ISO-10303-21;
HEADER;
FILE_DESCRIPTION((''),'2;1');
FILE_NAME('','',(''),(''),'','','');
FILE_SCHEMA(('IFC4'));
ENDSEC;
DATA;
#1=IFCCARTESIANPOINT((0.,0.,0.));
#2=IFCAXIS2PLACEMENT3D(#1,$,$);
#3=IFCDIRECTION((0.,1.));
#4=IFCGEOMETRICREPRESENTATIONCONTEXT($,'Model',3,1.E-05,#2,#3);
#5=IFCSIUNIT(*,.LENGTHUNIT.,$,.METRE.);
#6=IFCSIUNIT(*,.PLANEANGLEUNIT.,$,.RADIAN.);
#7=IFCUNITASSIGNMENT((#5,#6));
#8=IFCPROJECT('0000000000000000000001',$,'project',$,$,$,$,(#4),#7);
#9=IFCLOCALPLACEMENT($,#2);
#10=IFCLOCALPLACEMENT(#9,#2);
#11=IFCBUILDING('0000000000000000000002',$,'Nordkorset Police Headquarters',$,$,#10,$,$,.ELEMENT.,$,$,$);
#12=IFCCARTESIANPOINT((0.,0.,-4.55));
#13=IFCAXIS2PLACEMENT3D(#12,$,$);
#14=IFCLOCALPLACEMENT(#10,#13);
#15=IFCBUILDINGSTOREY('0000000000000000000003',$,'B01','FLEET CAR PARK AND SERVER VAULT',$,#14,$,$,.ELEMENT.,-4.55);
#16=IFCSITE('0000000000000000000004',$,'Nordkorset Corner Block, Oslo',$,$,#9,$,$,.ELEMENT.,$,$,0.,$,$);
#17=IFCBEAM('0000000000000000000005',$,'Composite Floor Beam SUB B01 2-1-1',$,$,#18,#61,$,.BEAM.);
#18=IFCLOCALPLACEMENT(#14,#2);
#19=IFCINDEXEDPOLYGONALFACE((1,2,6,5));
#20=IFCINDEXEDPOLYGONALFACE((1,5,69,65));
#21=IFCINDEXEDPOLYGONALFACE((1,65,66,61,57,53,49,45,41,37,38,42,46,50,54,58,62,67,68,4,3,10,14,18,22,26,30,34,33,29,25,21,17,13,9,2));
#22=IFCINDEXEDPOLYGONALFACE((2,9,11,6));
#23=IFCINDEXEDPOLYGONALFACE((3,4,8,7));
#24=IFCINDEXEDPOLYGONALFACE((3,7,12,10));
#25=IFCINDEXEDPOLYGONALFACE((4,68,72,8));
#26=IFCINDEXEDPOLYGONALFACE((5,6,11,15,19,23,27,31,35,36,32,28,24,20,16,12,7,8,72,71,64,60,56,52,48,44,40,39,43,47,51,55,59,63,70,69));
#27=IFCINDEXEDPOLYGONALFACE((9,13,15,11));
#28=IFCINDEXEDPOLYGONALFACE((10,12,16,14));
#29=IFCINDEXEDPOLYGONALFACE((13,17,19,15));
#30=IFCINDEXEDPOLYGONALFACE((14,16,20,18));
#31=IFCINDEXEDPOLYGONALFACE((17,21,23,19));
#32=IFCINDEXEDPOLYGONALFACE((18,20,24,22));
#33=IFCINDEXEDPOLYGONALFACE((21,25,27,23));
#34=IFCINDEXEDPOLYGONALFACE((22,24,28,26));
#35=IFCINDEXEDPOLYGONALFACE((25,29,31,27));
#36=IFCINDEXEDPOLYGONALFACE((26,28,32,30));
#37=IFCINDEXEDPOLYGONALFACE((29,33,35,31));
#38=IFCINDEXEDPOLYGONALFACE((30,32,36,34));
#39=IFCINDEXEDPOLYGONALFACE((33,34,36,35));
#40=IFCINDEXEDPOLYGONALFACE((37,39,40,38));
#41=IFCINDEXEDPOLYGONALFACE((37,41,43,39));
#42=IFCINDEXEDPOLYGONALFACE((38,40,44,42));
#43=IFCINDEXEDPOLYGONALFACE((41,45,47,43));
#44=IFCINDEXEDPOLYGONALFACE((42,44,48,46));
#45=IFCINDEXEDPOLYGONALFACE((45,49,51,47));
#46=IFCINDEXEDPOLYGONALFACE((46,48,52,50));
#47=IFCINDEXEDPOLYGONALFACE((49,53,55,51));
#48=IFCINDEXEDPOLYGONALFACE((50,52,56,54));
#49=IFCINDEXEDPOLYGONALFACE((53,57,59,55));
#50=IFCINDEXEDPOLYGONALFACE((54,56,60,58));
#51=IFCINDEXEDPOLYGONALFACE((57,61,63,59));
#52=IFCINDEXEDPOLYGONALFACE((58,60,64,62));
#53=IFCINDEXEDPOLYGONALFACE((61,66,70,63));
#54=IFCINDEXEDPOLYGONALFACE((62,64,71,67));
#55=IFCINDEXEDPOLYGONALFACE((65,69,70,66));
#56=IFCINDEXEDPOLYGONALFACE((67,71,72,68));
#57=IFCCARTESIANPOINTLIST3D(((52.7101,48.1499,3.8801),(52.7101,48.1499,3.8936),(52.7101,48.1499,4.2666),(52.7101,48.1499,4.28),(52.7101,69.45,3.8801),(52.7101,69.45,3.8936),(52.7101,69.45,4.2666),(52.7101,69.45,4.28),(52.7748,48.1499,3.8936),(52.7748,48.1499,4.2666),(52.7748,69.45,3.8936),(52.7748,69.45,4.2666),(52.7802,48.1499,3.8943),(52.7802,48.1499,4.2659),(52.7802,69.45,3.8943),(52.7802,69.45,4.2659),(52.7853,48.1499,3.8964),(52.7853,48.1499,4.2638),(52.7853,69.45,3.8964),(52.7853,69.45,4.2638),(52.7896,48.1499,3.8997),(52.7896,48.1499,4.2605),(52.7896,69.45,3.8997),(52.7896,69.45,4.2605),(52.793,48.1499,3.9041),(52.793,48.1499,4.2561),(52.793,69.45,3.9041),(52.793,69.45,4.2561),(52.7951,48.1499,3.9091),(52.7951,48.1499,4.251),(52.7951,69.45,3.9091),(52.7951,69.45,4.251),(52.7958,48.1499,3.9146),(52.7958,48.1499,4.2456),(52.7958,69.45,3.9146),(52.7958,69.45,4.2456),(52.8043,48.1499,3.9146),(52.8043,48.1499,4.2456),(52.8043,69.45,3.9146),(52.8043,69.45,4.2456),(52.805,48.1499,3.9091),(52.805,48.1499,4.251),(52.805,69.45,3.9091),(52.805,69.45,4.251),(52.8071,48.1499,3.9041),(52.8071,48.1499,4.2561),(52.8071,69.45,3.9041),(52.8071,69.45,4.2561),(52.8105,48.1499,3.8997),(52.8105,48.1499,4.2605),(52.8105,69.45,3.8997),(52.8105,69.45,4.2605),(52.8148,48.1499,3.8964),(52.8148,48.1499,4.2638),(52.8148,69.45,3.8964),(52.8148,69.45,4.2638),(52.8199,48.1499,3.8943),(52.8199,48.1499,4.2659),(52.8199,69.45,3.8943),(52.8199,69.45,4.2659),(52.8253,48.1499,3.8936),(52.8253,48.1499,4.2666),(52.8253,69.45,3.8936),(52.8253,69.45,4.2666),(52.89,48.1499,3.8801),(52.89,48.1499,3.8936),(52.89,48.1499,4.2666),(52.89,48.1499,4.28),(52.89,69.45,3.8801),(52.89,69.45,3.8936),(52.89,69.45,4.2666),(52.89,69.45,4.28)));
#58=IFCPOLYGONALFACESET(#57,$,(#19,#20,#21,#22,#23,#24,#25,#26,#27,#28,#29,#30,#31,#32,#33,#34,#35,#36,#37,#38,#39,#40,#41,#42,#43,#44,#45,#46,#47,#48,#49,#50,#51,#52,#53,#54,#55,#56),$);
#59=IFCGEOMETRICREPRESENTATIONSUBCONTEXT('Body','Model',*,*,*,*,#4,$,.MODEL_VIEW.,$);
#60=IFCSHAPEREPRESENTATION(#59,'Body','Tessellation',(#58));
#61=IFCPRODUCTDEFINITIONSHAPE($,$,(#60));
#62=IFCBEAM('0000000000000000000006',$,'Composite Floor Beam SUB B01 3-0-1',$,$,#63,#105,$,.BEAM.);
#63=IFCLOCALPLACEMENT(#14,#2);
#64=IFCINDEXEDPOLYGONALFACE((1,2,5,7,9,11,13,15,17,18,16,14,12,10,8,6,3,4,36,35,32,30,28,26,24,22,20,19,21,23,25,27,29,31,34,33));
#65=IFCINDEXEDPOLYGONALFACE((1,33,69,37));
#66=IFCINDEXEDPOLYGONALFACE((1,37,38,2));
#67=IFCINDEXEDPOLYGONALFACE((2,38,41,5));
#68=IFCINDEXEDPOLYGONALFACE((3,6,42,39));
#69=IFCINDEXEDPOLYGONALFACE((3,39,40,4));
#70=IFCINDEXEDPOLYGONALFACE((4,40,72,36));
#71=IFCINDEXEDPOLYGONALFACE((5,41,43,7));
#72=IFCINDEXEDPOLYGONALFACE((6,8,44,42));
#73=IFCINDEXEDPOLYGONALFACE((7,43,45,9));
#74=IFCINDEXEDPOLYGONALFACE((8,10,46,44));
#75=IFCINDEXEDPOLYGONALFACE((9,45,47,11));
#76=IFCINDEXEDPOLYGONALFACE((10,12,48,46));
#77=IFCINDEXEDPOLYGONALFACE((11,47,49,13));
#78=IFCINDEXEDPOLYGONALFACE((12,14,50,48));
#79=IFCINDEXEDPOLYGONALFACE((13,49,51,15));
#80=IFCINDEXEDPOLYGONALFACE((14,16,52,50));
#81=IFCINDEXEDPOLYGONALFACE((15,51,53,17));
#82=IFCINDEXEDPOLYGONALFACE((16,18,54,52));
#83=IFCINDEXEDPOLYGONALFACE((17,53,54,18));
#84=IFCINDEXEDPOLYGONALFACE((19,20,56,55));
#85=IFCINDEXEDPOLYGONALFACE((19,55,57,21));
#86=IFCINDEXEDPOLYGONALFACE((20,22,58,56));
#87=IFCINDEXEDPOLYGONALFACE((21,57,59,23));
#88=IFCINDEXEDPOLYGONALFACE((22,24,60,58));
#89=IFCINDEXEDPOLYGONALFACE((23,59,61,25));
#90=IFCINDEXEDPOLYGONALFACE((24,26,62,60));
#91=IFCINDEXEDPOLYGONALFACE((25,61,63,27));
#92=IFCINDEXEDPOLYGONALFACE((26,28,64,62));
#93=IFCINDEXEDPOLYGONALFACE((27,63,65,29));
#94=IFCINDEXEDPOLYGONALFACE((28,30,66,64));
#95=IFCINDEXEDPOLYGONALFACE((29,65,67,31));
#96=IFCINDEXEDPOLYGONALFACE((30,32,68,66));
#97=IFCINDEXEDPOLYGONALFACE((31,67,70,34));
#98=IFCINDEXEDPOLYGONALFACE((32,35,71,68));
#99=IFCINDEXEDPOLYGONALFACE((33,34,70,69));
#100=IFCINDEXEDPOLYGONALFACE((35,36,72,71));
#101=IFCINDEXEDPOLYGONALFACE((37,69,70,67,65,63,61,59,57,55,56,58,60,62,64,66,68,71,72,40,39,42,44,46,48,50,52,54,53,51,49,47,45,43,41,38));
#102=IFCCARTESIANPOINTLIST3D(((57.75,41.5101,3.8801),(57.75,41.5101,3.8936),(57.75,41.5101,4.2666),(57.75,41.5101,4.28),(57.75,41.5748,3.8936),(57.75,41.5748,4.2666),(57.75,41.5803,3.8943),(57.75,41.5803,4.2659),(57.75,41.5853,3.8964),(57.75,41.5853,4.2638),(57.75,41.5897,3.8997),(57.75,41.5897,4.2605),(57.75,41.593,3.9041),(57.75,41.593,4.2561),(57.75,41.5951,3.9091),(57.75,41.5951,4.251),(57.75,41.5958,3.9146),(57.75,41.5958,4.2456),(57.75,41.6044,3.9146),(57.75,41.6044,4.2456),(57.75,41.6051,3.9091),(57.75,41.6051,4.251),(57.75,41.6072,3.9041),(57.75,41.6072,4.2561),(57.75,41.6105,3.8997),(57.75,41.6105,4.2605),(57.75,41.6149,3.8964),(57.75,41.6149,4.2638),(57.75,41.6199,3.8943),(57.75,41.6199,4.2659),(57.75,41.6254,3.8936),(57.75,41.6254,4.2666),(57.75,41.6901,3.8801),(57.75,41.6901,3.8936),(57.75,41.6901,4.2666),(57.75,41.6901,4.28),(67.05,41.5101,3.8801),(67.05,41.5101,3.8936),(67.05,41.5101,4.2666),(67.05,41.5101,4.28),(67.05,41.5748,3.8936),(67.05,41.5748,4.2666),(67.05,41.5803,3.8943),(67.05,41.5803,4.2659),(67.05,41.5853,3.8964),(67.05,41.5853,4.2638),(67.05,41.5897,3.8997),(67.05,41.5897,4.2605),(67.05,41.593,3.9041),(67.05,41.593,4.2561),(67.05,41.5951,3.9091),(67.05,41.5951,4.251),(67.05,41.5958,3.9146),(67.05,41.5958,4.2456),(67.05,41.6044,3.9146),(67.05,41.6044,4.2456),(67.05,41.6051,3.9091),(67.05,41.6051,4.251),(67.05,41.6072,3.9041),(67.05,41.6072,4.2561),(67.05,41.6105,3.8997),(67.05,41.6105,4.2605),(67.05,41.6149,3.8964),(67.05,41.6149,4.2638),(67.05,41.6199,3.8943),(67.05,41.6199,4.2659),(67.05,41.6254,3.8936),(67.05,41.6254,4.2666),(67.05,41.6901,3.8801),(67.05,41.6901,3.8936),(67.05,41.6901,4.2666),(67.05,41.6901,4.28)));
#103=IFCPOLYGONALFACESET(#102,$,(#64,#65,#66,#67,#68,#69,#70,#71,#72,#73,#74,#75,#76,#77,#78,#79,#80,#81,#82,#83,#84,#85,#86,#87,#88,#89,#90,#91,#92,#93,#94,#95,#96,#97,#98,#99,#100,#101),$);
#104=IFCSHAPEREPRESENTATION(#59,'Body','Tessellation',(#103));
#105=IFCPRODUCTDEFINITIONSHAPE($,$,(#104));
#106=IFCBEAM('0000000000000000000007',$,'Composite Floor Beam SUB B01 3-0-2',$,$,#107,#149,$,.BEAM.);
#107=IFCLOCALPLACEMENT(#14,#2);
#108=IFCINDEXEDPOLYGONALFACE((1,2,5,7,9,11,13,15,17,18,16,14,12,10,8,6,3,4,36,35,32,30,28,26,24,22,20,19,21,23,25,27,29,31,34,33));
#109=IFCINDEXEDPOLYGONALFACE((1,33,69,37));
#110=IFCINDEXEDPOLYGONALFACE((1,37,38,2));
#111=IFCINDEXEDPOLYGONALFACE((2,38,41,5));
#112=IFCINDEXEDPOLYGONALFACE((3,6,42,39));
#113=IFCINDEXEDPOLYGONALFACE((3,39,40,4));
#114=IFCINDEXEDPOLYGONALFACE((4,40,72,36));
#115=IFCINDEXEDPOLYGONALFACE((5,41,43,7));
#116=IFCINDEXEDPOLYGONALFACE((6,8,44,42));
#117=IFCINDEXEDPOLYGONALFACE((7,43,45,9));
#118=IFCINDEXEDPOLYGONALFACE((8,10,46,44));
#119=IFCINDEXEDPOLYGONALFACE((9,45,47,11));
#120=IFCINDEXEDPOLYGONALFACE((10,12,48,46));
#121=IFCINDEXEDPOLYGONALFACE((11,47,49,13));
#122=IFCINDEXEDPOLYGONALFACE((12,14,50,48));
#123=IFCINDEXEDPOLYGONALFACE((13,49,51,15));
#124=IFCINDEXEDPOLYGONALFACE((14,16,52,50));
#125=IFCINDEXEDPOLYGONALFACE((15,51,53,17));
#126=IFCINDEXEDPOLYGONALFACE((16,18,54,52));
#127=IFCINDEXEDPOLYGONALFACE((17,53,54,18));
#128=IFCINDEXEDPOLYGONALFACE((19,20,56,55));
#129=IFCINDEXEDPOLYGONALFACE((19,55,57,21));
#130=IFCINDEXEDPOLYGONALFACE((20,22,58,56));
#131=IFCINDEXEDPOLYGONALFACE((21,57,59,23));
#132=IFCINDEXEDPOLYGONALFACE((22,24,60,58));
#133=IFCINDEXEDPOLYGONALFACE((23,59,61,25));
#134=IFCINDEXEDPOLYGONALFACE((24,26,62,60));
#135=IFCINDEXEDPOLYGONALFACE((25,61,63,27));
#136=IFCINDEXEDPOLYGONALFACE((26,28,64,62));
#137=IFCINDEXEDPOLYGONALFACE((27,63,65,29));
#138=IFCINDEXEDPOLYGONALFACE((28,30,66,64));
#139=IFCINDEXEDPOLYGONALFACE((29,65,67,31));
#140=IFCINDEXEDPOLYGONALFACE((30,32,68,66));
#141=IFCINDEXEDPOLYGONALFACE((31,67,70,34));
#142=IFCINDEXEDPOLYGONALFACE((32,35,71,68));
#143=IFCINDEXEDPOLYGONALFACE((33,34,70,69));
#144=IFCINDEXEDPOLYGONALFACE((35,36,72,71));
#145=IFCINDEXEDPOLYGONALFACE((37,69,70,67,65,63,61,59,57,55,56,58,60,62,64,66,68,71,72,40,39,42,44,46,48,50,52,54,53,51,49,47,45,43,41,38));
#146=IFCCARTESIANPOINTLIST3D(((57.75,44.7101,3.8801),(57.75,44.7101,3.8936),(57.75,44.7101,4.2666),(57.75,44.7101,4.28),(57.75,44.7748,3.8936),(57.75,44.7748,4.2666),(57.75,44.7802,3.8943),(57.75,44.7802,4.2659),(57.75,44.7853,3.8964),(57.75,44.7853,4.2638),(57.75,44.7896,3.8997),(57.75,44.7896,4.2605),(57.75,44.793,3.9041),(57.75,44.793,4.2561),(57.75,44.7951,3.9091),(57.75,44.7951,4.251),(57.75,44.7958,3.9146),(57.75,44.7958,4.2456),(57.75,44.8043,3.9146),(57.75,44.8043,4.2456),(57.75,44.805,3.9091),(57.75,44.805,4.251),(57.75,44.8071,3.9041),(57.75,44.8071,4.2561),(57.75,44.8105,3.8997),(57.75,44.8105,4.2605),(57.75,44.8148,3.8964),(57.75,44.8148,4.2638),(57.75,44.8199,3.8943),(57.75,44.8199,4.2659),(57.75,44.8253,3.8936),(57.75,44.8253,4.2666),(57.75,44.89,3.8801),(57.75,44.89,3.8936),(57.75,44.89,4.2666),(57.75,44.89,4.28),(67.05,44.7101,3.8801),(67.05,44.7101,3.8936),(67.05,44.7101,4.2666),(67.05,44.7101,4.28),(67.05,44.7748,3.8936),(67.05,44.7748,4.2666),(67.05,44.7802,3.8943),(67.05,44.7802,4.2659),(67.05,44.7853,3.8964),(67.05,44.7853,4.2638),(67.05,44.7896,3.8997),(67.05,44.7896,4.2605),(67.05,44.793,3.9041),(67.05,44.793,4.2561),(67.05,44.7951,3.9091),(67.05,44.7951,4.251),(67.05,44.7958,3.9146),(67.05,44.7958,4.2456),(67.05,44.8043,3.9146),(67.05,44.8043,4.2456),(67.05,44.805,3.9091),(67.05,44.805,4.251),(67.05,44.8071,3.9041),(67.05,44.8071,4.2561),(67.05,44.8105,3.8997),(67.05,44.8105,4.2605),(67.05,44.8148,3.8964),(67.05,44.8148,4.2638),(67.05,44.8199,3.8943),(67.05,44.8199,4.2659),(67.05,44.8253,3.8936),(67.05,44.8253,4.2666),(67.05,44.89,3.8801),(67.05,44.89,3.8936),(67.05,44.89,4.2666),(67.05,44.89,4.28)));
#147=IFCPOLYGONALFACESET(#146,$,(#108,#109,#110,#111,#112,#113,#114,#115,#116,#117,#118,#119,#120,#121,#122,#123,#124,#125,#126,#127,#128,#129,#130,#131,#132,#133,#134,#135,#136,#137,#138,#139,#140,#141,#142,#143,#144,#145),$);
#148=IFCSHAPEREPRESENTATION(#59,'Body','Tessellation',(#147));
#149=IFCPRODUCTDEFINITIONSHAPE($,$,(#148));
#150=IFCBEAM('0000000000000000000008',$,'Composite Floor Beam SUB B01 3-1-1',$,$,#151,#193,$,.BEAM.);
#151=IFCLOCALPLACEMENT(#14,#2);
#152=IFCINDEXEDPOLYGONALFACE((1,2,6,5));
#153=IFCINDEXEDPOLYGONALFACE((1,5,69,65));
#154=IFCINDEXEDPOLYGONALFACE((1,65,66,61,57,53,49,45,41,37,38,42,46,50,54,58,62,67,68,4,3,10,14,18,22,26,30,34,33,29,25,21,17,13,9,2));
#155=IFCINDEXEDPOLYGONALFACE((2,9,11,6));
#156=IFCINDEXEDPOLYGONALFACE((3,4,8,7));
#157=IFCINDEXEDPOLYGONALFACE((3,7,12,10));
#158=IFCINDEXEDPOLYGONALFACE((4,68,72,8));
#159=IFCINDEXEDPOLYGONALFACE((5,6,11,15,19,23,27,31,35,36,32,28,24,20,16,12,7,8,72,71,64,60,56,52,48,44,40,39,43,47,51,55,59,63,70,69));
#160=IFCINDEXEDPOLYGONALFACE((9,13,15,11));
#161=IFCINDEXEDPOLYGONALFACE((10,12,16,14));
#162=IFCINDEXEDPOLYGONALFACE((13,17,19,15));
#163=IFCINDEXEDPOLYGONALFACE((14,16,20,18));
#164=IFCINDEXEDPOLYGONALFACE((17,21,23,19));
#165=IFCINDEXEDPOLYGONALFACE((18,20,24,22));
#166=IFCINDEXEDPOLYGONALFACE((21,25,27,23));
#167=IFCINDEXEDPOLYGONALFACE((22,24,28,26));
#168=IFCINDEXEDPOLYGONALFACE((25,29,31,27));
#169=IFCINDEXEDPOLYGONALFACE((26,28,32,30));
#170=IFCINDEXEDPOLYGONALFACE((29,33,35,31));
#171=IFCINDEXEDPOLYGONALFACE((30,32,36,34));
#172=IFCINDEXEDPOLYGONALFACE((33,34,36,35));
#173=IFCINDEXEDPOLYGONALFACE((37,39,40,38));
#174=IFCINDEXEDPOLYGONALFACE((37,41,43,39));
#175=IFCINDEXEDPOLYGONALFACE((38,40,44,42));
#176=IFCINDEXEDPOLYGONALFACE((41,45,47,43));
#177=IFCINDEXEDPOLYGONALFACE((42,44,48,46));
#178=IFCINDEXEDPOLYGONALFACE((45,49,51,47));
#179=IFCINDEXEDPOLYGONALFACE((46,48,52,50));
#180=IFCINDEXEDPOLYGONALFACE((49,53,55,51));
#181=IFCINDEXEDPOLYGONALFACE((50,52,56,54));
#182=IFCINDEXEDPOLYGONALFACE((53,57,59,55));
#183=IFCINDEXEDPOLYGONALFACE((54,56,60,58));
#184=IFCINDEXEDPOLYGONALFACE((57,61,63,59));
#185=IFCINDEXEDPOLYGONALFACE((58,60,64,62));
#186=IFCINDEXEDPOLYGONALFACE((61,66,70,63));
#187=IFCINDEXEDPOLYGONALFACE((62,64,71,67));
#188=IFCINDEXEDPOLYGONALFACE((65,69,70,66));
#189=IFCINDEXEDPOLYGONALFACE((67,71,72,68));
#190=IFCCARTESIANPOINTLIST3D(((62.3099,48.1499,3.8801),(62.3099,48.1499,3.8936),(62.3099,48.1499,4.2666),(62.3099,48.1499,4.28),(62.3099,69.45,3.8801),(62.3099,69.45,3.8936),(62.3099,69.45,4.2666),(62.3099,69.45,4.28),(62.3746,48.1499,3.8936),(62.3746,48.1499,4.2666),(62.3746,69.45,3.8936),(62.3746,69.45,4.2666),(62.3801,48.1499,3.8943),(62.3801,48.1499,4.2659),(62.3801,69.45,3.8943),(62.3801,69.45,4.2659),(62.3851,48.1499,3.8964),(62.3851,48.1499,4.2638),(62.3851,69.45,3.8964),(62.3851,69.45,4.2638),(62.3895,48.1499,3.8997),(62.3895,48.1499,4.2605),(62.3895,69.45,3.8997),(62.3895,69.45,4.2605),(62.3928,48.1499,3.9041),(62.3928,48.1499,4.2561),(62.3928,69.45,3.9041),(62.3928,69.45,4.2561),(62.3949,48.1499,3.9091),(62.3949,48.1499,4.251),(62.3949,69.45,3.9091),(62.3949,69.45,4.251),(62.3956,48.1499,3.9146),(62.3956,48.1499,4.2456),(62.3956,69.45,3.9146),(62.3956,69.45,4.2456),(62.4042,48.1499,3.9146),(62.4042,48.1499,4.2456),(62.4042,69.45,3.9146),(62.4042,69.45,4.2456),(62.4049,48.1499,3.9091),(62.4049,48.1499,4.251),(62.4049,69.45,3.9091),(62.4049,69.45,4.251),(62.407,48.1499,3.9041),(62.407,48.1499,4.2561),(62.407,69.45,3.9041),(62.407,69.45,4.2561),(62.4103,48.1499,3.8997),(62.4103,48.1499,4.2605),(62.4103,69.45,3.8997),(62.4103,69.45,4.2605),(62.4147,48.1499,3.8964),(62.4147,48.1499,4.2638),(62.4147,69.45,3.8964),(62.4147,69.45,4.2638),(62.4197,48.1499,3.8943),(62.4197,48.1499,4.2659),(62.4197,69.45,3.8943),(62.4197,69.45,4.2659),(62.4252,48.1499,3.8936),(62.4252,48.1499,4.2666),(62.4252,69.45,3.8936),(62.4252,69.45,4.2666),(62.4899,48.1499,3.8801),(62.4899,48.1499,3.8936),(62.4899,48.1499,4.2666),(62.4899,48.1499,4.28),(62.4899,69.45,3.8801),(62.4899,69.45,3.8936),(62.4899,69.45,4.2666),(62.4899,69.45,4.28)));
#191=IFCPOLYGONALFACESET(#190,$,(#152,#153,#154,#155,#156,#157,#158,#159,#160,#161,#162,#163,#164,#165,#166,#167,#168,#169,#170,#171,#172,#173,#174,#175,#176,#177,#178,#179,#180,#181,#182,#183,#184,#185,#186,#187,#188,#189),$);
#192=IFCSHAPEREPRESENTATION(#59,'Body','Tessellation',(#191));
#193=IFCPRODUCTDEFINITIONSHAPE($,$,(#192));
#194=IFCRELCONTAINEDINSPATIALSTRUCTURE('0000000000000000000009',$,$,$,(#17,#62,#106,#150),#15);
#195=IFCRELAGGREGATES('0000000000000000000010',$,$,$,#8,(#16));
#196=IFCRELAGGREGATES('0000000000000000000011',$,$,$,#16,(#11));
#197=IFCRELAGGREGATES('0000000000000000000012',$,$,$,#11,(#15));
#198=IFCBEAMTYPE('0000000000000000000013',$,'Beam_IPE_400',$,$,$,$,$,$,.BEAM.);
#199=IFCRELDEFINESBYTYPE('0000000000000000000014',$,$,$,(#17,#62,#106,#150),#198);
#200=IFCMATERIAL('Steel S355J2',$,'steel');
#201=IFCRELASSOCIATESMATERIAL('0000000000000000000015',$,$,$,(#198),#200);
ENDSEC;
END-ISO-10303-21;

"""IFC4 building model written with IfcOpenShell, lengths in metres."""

from ifc_helpers import new_model, si_unit, direction, frame, origin, origin_2d, place, context, subcontext, project, spatial, i_section, extrude, material, material_profile, profile_set, type_object, element, save


model = new_model("IFC4")

# Units and contexts
model_context = context("Model", 3, precision=1e-05, world=origin(), true_north=direction((0.0, 1.0)))
body_context = subcontext(model_context, "Body", "Model", "MODEL_VIEW")
ifc_project = project(units=[si_unit("LENGTHUNIT", "METRE"), si_unit("PLANEANGLEUNIT", "RADIAN")], contexts=[model_context])

# Site, building, storey
site_placement = place(None, origin())
site = spatial("IfcSite", under=ifc_project, at=site_placement, Name="Nordkorset Corner Block, Oslo", CompositionType="ELEMENT", RefElevation=0.0)
building_placement = place(site_placement, origin())
building = spatial("IfcBuilding", under=site, at=building_placement, Name="Nordkorset Police Headquarters", CompositionType="ELEMENT")
storey_placement = place(building_placement, frame((0.0, 0.0, -4.55)))
storey = spatial("IfcBuildingStorey", under=building, at=storey_placement, Name="B01", Description="FLEET CAR PARK AND SERVER VAULT", CompositionType="ELEMENT", Elevation=-4.55)

# Beams
ifc_material_1 = material(Name="Steel S355J2", Category="steel")
ifc_material_profile_1 = material_profile(ifc_material_1, i_section(OverallWidth=0.1799, OverallDepth=0.3999, WebThickness=0.0085, FlangeThickness=0.0134, FilletRadius=0.021, at=origin_2d()), Name="IPE 400")
ifc_profile_set_1 = profile_set([ifc_material_profile_1], Name="Steel S355J2")
beam_type_1 = type_object("IfcBeamType", Name="Beam_IPE_400", PredefinedType="BEAM", material=ifc_profile_set_1)
beam_1_placement = place(storey_placement, frame((52.8, 48.1499, 4.0801), z_axis=(0.0, 1.0, 0.0), x_axis=(-1.0, 0.0, 0.0)))
element("IfcBeam", 1, at=beam_1_placement, inside=storey, type_object=beam_type_1, Name="Composite Floor Beam SUB B01 2-1-1", PredefinedType="BEAM", context=body_context, shape_type="SweptSolid", body=[
    extrude(i_section(OverallWidth=0.1799, OverallDepth=0.3999, WebThickness=0.0085, FlangeThickness=0.0134, FilletRadius=0.021, at=origin_2d()), origin(), (0.0, 0.0, 1.0), 21.3),
])
for number, where, z_axis, x_axis, name in (
    (2, (57.75, 41.6001, 4.0801), (1.0, 0.0, 0.0), (0.0, 1.0, 0.0), "Composite Floor Beam SUB B01 3-0-1"),
    (3, (57.75, 44.8, 4.0801), (1.0, 0.0, 0.0), (0.0, 1.0, 0.0), "Composite Floor Beam SUB B01 3-0-2"),
):
    element("IfcBeam", number, at=place(storey_placement, frame(where, z_axis=z_axis, x_axis=x_axis)), inside=storey, type_object=beam_type_1, Name=name, PredefinedType="BEAM", context=body_context, shape_type="SweptSolid", body=[
        extrude(i_section(OverallWidth=0.1799, OverallDepth=0.3999, WebThickness=0.0085, FlangeThickness=0.0134, FilletRadius=0.021, at=origin_2d()), origin(), (0.0, 0.0, 1.0), 9.3),
    ])
beam_2_placement = place(storey_placement, frame((62.3999, 48.1499, 4.0801), z_axis=(0.0, 1.0, 0.0), x_axis=(-1.0, 0.0, 0.0)))
element("IfcBeam", 4, at=beam_2_placement, inside=storey, type_object=beam_type_1, Name="Composite Floor Beam SUB B01 3-1-1", PredefinedType="BEAM", context=body_context, shape_type="SweptSolid", body=[
    extrude(i_section(OverallWidth=0.1799, OverallDepth=0.3999, WebThickness=0.0085, FlangeThickness=0.0134, FilletRadius=0.021, at=origin_2d()), origin(), (0.0, 0.0, 1.0), 21.3),
])

save(model, "model.ifc")
